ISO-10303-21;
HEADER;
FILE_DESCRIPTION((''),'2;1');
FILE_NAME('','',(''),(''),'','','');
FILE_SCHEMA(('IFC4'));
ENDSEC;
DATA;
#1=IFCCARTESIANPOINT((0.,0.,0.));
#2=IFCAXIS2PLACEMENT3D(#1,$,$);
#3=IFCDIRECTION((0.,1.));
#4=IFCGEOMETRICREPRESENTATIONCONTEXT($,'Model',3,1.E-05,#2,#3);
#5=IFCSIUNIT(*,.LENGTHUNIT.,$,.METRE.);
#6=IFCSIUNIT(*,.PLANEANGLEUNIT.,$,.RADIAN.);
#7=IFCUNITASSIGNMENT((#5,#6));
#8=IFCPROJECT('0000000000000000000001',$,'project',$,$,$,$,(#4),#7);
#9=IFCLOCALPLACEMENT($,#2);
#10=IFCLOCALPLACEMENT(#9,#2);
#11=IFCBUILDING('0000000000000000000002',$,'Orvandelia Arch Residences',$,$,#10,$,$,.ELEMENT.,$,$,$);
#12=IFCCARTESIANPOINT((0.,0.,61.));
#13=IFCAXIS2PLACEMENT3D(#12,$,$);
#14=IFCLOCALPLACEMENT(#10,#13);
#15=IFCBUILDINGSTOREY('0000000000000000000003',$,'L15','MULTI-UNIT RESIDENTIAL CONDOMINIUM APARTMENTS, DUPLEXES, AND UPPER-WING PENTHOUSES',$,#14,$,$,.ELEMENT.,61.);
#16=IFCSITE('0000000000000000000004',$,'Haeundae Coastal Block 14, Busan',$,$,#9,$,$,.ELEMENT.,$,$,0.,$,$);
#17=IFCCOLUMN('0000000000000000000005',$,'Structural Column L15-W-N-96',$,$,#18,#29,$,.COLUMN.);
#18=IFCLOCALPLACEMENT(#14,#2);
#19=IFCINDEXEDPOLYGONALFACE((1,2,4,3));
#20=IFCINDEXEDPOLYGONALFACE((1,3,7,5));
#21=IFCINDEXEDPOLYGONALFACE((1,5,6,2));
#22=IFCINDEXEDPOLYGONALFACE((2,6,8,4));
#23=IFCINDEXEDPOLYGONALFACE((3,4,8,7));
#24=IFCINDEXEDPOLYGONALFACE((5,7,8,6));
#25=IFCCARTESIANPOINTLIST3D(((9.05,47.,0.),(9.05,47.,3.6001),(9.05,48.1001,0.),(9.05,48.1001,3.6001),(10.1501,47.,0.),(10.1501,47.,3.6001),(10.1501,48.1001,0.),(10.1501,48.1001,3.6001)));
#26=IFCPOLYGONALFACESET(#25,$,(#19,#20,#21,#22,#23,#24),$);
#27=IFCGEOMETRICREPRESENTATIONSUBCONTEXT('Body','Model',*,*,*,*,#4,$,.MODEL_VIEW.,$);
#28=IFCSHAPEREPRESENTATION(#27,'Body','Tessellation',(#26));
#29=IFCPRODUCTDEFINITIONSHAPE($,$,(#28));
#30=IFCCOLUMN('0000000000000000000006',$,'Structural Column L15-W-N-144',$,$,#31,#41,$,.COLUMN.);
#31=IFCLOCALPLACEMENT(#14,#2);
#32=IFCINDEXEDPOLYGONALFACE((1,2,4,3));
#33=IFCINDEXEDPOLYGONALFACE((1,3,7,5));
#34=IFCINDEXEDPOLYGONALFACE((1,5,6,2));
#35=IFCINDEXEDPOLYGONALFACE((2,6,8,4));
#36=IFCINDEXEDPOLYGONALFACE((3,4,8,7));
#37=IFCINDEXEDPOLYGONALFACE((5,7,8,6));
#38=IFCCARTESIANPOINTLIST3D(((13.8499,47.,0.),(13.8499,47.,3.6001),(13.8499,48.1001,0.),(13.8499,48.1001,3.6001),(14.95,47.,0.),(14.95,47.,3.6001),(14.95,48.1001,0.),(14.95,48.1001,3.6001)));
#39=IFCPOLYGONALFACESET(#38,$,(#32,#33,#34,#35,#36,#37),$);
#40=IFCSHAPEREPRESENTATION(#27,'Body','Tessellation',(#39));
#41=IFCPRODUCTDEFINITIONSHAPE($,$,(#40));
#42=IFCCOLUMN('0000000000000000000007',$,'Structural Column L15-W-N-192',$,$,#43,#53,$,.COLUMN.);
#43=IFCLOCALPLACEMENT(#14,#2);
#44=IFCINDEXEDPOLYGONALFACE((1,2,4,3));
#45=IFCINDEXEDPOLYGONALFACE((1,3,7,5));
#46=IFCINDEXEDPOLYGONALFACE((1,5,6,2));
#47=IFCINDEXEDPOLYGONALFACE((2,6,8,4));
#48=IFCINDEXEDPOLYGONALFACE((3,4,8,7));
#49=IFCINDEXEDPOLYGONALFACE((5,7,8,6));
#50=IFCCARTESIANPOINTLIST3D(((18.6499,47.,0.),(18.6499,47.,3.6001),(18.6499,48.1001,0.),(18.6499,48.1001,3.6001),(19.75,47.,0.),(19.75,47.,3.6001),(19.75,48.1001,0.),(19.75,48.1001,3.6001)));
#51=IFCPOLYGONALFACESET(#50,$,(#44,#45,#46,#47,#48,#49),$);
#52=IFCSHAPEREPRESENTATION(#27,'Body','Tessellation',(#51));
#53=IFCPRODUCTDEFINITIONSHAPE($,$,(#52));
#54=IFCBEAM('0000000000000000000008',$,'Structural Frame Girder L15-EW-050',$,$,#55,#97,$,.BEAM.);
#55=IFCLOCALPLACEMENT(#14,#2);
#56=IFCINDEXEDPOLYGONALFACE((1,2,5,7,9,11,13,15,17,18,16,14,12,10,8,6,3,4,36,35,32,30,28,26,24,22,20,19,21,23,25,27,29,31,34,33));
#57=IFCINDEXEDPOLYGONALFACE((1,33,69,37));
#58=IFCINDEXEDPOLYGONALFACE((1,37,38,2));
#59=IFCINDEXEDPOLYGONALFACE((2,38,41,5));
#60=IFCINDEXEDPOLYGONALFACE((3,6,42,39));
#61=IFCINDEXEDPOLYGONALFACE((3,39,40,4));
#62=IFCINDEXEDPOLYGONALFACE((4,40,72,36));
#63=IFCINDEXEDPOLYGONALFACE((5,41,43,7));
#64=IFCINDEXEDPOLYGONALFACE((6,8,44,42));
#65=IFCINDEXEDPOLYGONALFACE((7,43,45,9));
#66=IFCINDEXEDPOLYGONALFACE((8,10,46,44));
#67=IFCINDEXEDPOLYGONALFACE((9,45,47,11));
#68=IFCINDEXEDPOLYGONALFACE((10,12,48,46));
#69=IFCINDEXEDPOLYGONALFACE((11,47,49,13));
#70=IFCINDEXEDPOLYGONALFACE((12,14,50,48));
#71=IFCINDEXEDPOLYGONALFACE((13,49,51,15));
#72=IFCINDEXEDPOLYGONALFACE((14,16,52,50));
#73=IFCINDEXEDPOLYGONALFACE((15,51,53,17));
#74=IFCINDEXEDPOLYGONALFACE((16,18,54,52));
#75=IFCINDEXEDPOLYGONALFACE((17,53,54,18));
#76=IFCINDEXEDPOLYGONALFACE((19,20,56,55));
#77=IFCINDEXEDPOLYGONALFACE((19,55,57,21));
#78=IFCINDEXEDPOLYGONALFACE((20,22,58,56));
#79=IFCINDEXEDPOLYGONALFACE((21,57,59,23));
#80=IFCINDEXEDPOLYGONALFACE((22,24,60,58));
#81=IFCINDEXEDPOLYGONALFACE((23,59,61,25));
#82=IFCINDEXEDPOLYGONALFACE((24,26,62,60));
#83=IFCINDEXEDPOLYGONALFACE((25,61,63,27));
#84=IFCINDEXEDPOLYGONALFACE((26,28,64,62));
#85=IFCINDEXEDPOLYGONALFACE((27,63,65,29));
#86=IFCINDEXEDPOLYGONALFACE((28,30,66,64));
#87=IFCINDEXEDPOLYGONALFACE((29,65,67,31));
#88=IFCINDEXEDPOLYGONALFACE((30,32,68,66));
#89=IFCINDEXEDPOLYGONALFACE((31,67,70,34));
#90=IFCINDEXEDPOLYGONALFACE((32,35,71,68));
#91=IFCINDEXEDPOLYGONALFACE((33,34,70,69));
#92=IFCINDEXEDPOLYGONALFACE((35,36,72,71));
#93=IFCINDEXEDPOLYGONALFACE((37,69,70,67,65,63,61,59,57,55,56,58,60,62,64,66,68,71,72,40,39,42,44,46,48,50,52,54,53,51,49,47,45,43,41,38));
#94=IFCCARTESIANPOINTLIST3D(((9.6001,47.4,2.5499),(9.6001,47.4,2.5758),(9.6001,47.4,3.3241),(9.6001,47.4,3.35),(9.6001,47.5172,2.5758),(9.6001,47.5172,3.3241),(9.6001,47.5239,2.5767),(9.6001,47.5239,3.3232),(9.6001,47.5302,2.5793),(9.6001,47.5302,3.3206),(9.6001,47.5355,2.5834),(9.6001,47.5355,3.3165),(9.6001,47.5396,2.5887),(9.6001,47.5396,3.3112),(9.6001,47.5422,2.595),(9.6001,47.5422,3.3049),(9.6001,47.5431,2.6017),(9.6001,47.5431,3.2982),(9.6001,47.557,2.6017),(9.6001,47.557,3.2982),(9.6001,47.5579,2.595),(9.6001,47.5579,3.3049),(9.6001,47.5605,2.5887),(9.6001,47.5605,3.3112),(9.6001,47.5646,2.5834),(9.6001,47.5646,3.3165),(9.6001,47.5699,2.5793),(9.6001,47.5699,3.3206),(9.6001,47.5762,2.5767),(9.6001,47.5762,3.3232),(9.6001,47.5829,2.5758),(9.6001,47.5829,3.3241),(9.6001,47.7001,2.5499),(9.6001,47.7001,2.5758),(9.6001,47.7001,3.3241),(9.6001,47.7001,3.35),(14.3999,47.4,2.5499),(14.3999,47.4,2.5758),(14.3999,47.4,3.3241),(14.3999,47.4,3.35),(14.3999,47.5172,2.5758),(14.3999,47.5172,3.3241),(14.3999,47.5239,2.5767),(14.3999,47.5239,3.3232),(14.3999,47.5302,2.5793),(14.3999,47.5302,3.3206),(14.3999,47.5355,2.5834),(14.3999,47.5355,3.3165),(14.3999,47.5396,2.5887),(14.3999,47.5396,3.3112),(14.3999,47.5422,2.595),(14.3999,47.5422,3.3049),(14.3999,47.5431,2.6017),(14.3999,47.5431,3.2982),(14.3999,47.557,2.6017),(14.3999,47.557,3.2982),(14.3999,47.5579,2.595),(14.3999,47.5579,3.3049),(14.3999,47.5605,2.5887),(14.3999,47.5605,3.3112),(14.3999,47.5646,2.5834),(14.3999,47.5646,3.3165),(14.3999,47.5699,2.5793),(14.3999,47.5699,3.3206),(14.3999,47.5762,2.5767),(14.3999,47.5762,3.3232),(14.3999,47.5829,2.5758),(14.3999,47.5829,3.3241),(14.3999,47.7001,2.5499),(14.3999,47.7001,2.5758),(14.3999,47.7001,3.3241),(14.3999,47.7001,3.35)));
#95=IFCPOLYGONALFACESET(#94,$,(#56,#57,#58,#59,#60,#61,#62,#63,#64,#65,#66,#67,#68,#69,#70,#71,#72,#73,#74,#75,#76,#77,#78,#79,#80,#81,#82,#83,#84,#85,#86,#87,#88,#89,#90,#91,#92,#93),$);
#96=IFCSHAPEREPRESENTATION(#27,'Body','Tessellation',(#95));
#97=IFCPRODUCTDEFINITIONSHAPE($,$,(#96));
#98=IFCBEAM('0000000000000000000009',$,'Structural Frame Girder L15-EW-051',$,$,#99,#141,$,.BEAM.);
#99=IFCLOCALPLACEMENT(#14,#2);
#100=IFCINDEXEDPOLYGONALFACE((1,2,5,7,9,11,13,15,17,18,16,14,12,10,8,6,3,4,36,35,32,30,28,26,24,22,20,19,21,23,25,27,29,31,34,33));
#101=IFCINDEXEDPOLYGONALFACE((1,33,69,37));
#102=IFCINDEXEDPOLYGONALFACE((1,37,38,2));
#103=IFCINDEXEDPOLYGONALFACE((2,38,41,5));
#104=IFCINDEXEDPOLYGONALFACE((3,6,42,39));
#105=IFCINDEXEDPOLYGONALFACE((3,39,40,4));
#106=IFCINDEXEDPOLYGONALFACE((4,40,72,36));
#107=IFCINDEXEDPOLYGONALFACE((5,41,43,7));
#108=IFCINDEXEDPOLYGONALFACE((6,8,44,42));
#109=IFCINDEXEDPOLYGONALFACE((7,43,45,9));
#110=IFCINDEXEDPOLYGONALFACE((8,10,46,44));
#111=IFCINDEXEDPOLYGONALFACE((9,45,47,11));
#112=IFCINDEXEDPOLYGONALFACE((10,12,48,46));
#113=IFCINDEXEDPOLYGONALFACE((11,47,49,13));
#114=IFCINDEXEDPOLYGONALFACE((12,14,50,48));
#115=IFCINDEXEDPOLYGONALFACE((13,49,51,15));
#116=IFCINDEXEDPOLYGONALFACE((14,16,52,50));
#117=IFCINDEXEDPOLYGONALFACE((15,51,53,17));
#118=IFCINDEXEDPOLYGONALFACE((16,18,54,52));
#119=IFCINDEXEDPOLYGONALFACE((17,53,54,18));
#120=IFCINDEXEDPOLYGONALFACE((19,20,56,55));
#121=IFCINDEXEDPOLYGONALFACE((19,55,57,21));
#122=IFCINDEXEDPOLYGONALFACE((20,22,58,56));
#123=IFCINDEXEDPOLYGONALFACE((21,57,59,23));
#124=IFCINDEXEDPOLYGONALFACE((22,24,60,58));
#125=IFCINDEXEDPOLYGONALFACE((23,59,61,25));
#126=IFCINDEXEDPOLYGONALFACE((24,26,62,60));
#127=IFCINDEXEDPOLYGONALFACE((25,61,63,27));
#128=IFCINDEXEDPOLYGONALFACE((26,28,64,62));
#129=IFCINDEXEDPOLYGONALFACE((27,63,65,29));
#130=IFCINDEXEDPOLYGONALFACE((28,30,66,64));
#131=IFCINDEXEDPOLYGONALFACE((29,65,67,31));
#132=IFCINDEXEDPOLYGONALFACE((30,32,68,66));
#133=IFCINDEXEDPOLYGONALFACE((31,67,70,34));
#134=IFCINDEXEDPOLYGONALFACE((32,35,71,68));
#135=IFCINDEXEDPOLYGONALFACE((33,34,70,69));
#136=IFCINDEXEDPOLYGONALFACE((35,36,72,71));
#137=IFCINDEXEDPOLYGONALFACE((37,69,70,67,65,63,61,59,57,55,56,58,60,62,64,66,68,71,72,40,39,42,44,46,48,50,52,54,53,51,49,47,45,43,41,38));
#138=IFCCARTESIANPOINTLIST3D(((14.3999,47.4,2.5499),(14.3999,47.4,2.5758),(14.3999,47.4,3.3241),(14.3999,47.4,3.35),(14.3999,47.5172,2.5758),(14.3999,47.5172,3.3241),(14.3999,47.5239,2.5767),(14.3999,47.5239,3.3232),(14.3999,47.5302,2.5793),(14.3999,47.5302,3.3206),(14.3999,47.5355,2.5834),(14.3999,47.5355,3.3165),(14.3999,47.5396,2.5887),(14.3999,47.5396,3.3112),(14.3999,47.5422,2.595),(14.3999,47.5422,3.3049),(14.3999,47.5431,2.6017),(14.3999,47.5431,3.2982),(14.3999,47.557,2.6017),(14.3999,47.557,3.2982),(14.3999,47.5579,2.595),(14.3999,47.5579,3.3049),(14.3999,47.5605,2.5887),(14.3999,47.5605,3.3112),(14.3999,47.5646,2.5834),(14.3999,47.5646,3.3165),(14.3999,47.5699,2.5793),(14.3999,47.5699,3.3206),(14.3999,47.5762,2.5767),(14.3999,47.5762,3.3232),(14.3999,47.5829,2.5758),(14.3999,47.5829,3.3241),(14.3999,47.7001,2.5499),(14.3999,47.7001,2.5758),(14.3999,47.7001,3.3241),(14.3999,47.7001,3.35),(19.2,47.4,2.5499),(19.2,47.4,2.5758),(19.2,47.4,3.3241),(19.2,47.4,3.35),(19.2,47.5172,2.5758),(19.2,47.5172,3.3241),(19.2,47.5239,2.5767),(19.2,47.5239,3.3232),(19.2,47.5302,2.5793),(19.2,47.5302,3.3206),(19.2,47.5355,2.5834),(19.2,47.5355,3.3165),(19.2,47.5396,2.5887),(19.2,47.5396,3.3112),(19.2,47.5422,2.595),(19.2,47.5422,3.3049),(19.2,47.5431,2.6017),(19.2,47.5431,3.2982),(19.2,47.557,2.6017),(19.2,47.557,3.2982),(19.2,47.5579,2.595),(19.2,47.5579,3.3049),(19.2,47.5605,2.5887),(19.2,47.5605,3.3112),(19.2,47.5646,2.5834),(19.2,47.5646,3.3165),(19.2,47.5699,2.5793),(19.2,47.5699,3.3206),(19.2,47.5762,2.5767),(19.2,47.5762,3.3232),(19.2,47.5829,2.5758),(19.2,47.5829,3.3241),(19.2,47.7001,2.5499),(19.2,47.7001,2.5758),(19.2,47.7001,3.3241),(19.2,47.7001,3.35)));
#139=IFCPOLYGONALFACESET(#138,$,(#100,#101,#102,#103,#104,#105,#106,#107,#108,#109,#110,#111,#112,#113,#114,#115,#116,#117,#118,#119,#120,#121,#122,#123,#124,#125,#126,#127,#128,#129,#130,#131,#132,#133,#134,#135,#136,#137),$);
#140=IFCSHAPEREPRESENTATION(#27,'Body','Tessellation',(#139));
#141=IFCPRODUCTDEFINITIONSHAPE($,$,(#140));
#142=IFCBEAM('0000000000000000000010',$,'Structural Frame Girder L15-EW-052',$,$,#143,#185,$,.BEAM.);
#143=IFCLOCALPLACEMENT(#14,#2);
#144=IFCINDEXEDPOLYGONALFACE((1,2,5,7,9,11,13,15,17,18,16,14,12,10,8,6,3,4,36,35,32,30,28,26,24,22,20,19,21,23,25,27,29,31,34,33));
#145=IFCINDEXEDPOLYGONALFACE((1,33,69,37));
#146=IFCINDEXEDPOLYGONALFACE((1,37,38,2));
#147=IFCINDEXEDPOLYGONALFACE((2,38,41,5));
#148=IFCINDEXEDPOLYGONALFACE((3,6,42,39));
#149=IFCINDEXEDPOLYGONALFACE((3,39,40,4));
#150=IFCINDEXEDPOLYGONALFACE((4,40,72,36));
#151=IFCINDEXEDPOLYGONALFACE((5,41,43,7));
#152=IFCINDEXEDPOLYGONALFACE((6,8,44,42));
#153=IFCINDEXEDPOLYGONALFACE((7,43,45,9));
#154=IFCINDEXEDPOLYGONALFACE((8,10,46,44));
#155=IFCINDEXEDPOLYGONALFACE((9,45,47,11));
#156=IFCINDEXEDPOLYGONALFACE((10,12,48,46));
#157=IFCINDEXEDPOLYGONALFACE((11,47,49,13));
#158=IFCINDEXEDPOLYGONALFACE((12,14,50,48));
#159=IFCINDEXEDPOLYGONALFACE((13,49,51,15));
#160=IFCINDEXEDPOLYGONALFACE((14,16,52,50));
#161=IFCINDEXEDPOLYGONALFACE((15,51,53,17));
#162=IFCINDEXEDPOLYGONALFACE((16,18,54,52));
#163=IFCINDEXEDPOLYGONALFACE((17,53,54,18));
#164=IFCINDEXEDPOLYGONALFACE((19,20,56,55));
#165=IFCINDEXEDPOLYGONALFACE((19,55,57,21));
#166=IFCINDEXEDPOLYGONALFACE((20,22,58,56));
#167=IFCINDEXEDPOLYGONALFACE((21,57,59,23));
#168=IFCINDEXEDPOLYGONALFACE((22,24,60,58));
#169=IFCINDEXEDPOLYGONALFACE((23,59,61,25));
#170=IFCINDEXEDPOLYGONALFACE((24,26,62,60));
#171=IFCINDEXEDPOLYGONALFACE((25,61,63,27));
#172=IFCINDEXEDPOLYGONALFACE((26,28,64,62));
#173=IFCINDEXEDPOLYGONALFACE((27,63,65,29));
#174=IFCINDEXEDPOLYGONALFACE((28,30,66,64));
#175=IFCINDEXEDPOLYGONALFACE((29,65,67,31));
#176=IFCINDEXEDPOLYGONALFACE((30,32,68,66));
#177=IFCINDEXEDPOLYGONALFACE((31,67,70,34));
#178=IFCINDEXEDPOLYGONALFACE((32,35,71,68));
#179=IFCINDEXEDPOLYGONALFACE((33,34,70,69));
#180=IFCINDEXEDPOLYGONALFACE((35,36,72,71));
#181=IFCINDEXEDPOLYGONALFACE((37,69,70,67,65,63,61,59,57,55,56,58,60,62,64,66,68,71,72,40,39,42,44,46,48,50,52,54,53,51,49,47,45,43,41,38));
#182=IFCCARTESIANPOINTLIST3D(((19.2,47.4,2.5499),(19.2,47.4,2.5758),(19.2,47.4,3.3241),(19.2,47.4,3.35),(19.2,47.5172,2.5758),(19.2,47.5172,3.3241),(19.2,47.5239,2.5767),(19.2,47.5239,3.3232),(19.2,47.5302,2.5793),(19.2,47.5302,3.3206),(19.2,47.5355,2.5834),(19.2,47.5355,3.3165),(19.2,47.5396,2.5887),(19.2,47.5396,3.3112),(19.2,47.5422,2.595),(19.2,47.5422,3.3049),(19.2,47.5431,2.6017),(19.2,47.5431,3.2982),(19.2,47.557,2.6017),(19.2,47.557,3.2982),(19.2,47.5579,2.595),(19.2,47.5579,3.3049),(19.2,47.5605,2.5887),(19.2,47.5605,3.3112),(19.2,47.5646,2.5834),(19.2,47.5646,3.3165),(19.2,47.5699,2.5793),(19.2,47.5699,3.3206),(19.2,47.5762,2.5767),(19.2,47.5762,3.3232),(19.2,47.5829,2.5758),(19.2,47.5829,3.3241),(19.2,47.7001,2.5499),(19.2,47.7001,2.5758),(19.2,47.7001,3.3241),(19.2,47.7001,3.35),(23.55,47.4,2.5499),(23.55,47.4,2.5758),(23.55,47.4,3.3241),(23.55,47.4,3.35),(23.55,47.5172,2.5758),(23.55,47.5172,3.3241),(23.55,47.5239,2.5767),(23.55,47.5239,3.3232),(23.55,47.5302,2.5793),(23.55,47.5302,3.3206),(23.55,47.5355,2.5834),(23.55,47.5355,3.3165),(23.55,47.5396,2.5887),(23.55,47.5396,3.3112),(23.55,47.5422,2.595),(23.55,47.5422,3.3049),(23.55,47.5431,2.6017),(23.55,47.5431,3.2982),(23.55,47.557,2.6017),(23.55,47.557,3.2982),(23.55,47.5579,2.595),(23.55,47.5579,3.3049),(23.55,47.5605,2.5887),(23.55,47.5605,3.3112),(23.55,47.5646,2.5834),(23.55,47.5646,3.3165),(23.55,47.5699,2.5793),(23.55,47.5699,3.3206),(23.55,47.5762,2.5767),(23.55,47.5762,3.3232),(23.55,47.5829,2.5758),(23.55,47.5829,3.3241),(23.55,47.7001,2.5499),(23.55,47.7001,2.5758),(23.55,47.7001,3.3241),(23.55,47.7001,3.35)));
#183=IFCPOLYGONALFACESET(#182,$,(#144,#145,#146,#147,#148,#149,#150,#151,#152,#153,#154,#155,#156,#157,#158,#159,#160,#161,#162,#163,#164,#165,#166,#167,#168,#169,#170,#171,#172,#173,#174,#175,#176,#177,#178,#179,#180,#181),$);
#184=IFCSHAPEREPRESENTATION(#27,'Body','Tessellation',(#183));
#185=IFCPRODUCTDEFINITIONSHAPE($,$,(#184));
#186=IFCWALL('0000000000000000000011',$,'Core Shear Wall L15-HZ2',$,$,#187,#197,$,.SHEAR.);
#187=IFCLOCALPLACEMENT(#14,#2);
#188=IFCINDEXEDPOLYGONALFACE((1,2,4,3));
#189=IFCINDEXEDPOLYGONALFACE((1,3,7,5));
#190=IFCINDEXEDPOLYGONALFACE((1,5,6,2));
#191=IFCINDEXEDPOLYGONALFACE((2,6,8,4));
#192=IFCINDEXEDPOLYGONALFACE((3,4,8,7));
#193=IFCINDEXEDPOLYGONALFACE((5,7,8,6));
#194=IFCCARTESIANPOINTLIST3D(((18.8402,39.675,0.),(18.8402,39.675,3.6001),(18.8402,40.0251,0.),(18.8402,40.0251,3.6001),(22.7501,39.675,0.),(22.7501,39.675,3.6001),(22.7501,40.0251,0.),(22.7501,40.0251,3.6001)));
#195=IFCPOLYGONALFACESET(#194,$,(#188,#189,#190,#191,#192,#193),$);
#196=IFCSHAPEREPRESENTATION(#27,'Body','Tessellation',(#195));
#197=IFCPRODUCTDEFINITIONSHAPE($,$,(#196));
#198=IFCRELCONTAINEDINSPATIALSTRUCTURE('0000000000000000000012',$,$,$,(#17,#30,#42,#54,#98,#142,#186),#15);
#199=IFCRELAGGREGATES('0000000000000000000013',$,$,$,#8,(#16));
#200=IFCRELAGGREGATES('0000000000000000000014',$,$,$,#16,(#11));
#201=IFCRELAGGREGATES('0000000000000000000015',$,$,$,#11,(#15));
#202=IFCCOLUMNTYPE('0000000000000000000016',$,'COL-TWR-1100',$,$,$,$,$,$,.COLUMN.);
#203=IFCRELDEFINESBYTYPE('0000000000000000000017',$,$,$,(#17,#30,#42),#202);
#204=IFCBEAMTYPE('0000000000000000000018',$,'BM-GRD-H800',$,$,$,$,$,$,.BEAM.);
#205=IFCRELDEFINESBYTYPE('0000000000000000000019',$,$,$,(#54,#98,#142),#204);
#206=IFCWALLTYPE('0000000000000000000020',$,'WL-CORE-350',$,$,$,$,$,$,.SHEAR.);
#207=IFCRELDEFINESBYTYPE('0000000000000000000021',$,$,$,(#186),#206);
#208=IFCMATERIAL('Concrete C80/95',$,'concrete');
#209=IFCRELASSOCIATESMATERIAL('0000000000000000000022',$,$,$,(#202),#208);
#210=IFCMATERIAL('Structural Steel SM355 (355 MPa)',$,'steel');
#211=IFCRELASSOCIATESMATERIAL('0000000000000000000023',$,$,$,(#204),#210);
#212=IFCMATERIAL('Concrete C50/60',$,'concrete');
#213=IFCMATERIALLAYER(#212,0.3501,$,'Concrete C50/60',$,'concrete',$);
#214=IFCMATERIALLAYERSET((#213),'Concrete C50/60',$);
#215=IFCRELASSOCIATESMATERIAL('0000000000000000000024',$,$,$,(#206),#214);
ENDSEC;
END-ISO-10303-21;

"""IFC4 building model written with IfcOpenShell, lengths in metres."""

from ifc_helpers import new_model, si_unit, direction, frame, frame_2d, origin, origin_2d, place, context, subcontext, project, spatial, rectangle, i_section, extrude, material, layer, layer_set, material_profile, profile_set, type_object, element, save


model = new_model("IFC4")

# Units and contexts
model_context = context("Model", 3, precision=1e-05, world=origin(), true_north=direction((0.0, 1.0)))
body_context = subcontext(model_context, "Body", "Model", "MODEL_VIEW")
ifc_project = project(units=[si_unit("LENGTHUNIT", "METRE"), si_unit("PLANEANGLEUNIT", "RADIAN")], contexts=[model_context])

# Site, building, storey
site_placement = place(None, origin())
site = spatial("IfcSite", under=ifc_project, at=site_placement, Name="Haeundae Coastal Block 14, Busan", CompositionType="ELEMENT", RefElevation=0.0)
building_placement = place(site_placement, origin())
building = spatial("IfcBuilding", under=site, at=building_placement, Name="Orvandelia Arch Residences", CompositionType="ELEMENT")
storey_placement = place(building_placement, frame((0.0, 0.0, 61.0)))
storey = spatial("IfcBuildingStorey", under=building, at=storey_placement, Name="L15", Description="MULTI-UNIT RESIDENTIAL CONDOMINIUM APARTMENTS, DUPLEXES, AND UPPER-WING PENTHOUSES", CompositionType="ELEMENT", Elevation=61.0)

# Columns
ifc_material_1 = material(Name="Concrete C80/95", Category="concrete")
ifc_material_profile_1 = material_profile(ifc_material_1, rectangle(XDim=1.1001, YDim=1.1001, at=origin_2d()), Name="Concrete C80/95", Category="concrete")
ifc_profile_set_1 = profile_set([ifc_material_profile_1], Name="Concrete C80/95")
column_type = type_object("IfcColumnType", Name="COL-TWR-1100", PredefinedType="COLUMN", material=ifc_profile_set_1)
for number, where, z_axis, x_axis, name in (
    (1, (9.6001, 47.55, 0.0), (0.0, 0.0, 1.0), (1.0, 0.0, 0.0), "Structural Column L15-W-N-96"),
    (2, (14.3999, 47.55, 0.0), (0.0, 0.0, 1.0), (1.0, 0.0, 0.0), "Structural Column L15-W-N-144"),
    (3, (19.2, 47.55, 0.0), (0.0, 0.0, 1.0), (1.0, 0.0, 0.0), "Structural Column L15-W-N-192"),
):
    element("IfcColumn", number, at=place(storey_placement, frame(where, z_axis=z_axis, x_axis=x_axis)), inside=storey, type_object=column_type, Name=name, PredefinedType="COLUMN", context=body_context, shape_type="SweptSolid", body=[
        extrude(rectangle(XDim=1.1001, YDim=1.1001, at=origin_2d()), origin(), (0.0, 0.0, 1.0), 3.6001),
    ])

# Beams
ifc_material_2 = material(Name="Structural Steel SM355 (355 MPa)", Category="steel")
ifc_material_profile_2 = material_profile(ifc_material_2, i_section(OverallWidth=0.3, OverallDepth=0.8, WebThickness=0.0139, FlangeThickness=0.0259, FilletRadius=0.0259, at=origin_2d()), Name="Structural Steel SM355 (355 MPa)", Category="steel")
ifc_profile_set_2 = profile_set([ifc_material_profile_2], Name="Structural Steel SM355 (355 MPa)")
beam_type = type_object("IfcBeamType", Name="BM-GRD-H800", PredefinedType="BEAM", material=ifc_profile_set_2)
beam_1_placement = place(storey_placement, frame((9.6001, 47.55, 2.95), z_axis=(1.0, 0.0, 0.0), x_axis=(0.0, 1.0, 0.0)))
element("IfcBeam", 4, at=beam_1_placement, inside=storey, type_object=beam_type, Name="Structural Frame Girder L15-EW-050", PredefinedType="BEAM", context=body_context, shape_type="SweptSolid", body=[
    extrude(i_section(OverallWidth=0.3, OverallDepth=0.8, WebThickness=0.0139, FlangeThickness=0.0259, FilletRadius=0.0259, at=origin_2d()), origin(), (0.0, 0.0, 1.0), 4.7998),
])
beam_2_placement = place(storey_placement, frame((14.3999, 47.55, 2.95), z_axis=(1.0, 0.0, 0.0), x_axis=(0.0, 1.0, 0.0)))
element("IfcBeam", 5, at=beam_2_placement, inside=storey, type_object=beam_type, Name="Structural Frame Girder L15-EW-051", PredefinedType="BEAM", context=body_context, shape_type="SweptSolid", body=[
    extrude(i_section(OverallWidth=0.3, OverallDepth=0.8, WebThickness=0.0139, FlangeThickness=0.0259, FilletRadius=0.0259, at=origin_2d()), origin(), (0.0, 0.0, 1.0), 4.8),
])
beam_3_placement = place(storey_placement, frame((19.2, 47.55, 2.95), z_axis=(1.0, 0.0, 0.0), x_axis=(0.0, 1.0, 0.0)))
element("IfcBeam", 6, at=beam_3_placement, inside=storey, type_object=beam_type, Name="Structural Frame Girder L15-EW-052", PredefinedType="BEAM", context=body_context, shape_type="SweptSolid", body=[
    extrude(i_section(OverallWidth=0.3, OverallDepth=0.8, WebThickness=0.0139, FlangeThickness=0.0259, FilletRadius=0.0259, at=origin_2d()), origin(), (0.0, 0.0, 1.0), 4.3501),
])

# Wall
ifc_material_3 = material(Name="Concrete C50/60", Category="concrete")
ifc_layer_1 = layer(ifc_material_3, 0.3501, Name="Concrete C50/60", Category="concrete")
ifc_layer_set_1 = layer_set([ifc_layer_1], Name="Concrete C50/60")
wall_type_1 = type_object("IfcWallType", Name="WL-CORE-350", PredefinedType="SHEAR", material=ifc_layer_set_1)
wall_1_placement = place(storey_placement, frame((18.8401, 39.8501, 0.0), z_axis=(0.0, 0.0, 1.0), x_axis=(1.0, 0.0, 0.0)))
element("IfcWall", 7, at=wall_1_placement, inside=storey, type_object=wall_type_1, Name="Core Shear Wall L15-HZ2", PredefinedType="SHEAR", context=body_context, shape_type="SweptSolid", body=[
    extrude(rectangle(XDim=3.9099, YDim=0.3501, at=frame_2d((1.9551, 0.0))), origin(), (0.0, 0.0, 1.0), 3.6001),
])

save(model, "model.ifc")
